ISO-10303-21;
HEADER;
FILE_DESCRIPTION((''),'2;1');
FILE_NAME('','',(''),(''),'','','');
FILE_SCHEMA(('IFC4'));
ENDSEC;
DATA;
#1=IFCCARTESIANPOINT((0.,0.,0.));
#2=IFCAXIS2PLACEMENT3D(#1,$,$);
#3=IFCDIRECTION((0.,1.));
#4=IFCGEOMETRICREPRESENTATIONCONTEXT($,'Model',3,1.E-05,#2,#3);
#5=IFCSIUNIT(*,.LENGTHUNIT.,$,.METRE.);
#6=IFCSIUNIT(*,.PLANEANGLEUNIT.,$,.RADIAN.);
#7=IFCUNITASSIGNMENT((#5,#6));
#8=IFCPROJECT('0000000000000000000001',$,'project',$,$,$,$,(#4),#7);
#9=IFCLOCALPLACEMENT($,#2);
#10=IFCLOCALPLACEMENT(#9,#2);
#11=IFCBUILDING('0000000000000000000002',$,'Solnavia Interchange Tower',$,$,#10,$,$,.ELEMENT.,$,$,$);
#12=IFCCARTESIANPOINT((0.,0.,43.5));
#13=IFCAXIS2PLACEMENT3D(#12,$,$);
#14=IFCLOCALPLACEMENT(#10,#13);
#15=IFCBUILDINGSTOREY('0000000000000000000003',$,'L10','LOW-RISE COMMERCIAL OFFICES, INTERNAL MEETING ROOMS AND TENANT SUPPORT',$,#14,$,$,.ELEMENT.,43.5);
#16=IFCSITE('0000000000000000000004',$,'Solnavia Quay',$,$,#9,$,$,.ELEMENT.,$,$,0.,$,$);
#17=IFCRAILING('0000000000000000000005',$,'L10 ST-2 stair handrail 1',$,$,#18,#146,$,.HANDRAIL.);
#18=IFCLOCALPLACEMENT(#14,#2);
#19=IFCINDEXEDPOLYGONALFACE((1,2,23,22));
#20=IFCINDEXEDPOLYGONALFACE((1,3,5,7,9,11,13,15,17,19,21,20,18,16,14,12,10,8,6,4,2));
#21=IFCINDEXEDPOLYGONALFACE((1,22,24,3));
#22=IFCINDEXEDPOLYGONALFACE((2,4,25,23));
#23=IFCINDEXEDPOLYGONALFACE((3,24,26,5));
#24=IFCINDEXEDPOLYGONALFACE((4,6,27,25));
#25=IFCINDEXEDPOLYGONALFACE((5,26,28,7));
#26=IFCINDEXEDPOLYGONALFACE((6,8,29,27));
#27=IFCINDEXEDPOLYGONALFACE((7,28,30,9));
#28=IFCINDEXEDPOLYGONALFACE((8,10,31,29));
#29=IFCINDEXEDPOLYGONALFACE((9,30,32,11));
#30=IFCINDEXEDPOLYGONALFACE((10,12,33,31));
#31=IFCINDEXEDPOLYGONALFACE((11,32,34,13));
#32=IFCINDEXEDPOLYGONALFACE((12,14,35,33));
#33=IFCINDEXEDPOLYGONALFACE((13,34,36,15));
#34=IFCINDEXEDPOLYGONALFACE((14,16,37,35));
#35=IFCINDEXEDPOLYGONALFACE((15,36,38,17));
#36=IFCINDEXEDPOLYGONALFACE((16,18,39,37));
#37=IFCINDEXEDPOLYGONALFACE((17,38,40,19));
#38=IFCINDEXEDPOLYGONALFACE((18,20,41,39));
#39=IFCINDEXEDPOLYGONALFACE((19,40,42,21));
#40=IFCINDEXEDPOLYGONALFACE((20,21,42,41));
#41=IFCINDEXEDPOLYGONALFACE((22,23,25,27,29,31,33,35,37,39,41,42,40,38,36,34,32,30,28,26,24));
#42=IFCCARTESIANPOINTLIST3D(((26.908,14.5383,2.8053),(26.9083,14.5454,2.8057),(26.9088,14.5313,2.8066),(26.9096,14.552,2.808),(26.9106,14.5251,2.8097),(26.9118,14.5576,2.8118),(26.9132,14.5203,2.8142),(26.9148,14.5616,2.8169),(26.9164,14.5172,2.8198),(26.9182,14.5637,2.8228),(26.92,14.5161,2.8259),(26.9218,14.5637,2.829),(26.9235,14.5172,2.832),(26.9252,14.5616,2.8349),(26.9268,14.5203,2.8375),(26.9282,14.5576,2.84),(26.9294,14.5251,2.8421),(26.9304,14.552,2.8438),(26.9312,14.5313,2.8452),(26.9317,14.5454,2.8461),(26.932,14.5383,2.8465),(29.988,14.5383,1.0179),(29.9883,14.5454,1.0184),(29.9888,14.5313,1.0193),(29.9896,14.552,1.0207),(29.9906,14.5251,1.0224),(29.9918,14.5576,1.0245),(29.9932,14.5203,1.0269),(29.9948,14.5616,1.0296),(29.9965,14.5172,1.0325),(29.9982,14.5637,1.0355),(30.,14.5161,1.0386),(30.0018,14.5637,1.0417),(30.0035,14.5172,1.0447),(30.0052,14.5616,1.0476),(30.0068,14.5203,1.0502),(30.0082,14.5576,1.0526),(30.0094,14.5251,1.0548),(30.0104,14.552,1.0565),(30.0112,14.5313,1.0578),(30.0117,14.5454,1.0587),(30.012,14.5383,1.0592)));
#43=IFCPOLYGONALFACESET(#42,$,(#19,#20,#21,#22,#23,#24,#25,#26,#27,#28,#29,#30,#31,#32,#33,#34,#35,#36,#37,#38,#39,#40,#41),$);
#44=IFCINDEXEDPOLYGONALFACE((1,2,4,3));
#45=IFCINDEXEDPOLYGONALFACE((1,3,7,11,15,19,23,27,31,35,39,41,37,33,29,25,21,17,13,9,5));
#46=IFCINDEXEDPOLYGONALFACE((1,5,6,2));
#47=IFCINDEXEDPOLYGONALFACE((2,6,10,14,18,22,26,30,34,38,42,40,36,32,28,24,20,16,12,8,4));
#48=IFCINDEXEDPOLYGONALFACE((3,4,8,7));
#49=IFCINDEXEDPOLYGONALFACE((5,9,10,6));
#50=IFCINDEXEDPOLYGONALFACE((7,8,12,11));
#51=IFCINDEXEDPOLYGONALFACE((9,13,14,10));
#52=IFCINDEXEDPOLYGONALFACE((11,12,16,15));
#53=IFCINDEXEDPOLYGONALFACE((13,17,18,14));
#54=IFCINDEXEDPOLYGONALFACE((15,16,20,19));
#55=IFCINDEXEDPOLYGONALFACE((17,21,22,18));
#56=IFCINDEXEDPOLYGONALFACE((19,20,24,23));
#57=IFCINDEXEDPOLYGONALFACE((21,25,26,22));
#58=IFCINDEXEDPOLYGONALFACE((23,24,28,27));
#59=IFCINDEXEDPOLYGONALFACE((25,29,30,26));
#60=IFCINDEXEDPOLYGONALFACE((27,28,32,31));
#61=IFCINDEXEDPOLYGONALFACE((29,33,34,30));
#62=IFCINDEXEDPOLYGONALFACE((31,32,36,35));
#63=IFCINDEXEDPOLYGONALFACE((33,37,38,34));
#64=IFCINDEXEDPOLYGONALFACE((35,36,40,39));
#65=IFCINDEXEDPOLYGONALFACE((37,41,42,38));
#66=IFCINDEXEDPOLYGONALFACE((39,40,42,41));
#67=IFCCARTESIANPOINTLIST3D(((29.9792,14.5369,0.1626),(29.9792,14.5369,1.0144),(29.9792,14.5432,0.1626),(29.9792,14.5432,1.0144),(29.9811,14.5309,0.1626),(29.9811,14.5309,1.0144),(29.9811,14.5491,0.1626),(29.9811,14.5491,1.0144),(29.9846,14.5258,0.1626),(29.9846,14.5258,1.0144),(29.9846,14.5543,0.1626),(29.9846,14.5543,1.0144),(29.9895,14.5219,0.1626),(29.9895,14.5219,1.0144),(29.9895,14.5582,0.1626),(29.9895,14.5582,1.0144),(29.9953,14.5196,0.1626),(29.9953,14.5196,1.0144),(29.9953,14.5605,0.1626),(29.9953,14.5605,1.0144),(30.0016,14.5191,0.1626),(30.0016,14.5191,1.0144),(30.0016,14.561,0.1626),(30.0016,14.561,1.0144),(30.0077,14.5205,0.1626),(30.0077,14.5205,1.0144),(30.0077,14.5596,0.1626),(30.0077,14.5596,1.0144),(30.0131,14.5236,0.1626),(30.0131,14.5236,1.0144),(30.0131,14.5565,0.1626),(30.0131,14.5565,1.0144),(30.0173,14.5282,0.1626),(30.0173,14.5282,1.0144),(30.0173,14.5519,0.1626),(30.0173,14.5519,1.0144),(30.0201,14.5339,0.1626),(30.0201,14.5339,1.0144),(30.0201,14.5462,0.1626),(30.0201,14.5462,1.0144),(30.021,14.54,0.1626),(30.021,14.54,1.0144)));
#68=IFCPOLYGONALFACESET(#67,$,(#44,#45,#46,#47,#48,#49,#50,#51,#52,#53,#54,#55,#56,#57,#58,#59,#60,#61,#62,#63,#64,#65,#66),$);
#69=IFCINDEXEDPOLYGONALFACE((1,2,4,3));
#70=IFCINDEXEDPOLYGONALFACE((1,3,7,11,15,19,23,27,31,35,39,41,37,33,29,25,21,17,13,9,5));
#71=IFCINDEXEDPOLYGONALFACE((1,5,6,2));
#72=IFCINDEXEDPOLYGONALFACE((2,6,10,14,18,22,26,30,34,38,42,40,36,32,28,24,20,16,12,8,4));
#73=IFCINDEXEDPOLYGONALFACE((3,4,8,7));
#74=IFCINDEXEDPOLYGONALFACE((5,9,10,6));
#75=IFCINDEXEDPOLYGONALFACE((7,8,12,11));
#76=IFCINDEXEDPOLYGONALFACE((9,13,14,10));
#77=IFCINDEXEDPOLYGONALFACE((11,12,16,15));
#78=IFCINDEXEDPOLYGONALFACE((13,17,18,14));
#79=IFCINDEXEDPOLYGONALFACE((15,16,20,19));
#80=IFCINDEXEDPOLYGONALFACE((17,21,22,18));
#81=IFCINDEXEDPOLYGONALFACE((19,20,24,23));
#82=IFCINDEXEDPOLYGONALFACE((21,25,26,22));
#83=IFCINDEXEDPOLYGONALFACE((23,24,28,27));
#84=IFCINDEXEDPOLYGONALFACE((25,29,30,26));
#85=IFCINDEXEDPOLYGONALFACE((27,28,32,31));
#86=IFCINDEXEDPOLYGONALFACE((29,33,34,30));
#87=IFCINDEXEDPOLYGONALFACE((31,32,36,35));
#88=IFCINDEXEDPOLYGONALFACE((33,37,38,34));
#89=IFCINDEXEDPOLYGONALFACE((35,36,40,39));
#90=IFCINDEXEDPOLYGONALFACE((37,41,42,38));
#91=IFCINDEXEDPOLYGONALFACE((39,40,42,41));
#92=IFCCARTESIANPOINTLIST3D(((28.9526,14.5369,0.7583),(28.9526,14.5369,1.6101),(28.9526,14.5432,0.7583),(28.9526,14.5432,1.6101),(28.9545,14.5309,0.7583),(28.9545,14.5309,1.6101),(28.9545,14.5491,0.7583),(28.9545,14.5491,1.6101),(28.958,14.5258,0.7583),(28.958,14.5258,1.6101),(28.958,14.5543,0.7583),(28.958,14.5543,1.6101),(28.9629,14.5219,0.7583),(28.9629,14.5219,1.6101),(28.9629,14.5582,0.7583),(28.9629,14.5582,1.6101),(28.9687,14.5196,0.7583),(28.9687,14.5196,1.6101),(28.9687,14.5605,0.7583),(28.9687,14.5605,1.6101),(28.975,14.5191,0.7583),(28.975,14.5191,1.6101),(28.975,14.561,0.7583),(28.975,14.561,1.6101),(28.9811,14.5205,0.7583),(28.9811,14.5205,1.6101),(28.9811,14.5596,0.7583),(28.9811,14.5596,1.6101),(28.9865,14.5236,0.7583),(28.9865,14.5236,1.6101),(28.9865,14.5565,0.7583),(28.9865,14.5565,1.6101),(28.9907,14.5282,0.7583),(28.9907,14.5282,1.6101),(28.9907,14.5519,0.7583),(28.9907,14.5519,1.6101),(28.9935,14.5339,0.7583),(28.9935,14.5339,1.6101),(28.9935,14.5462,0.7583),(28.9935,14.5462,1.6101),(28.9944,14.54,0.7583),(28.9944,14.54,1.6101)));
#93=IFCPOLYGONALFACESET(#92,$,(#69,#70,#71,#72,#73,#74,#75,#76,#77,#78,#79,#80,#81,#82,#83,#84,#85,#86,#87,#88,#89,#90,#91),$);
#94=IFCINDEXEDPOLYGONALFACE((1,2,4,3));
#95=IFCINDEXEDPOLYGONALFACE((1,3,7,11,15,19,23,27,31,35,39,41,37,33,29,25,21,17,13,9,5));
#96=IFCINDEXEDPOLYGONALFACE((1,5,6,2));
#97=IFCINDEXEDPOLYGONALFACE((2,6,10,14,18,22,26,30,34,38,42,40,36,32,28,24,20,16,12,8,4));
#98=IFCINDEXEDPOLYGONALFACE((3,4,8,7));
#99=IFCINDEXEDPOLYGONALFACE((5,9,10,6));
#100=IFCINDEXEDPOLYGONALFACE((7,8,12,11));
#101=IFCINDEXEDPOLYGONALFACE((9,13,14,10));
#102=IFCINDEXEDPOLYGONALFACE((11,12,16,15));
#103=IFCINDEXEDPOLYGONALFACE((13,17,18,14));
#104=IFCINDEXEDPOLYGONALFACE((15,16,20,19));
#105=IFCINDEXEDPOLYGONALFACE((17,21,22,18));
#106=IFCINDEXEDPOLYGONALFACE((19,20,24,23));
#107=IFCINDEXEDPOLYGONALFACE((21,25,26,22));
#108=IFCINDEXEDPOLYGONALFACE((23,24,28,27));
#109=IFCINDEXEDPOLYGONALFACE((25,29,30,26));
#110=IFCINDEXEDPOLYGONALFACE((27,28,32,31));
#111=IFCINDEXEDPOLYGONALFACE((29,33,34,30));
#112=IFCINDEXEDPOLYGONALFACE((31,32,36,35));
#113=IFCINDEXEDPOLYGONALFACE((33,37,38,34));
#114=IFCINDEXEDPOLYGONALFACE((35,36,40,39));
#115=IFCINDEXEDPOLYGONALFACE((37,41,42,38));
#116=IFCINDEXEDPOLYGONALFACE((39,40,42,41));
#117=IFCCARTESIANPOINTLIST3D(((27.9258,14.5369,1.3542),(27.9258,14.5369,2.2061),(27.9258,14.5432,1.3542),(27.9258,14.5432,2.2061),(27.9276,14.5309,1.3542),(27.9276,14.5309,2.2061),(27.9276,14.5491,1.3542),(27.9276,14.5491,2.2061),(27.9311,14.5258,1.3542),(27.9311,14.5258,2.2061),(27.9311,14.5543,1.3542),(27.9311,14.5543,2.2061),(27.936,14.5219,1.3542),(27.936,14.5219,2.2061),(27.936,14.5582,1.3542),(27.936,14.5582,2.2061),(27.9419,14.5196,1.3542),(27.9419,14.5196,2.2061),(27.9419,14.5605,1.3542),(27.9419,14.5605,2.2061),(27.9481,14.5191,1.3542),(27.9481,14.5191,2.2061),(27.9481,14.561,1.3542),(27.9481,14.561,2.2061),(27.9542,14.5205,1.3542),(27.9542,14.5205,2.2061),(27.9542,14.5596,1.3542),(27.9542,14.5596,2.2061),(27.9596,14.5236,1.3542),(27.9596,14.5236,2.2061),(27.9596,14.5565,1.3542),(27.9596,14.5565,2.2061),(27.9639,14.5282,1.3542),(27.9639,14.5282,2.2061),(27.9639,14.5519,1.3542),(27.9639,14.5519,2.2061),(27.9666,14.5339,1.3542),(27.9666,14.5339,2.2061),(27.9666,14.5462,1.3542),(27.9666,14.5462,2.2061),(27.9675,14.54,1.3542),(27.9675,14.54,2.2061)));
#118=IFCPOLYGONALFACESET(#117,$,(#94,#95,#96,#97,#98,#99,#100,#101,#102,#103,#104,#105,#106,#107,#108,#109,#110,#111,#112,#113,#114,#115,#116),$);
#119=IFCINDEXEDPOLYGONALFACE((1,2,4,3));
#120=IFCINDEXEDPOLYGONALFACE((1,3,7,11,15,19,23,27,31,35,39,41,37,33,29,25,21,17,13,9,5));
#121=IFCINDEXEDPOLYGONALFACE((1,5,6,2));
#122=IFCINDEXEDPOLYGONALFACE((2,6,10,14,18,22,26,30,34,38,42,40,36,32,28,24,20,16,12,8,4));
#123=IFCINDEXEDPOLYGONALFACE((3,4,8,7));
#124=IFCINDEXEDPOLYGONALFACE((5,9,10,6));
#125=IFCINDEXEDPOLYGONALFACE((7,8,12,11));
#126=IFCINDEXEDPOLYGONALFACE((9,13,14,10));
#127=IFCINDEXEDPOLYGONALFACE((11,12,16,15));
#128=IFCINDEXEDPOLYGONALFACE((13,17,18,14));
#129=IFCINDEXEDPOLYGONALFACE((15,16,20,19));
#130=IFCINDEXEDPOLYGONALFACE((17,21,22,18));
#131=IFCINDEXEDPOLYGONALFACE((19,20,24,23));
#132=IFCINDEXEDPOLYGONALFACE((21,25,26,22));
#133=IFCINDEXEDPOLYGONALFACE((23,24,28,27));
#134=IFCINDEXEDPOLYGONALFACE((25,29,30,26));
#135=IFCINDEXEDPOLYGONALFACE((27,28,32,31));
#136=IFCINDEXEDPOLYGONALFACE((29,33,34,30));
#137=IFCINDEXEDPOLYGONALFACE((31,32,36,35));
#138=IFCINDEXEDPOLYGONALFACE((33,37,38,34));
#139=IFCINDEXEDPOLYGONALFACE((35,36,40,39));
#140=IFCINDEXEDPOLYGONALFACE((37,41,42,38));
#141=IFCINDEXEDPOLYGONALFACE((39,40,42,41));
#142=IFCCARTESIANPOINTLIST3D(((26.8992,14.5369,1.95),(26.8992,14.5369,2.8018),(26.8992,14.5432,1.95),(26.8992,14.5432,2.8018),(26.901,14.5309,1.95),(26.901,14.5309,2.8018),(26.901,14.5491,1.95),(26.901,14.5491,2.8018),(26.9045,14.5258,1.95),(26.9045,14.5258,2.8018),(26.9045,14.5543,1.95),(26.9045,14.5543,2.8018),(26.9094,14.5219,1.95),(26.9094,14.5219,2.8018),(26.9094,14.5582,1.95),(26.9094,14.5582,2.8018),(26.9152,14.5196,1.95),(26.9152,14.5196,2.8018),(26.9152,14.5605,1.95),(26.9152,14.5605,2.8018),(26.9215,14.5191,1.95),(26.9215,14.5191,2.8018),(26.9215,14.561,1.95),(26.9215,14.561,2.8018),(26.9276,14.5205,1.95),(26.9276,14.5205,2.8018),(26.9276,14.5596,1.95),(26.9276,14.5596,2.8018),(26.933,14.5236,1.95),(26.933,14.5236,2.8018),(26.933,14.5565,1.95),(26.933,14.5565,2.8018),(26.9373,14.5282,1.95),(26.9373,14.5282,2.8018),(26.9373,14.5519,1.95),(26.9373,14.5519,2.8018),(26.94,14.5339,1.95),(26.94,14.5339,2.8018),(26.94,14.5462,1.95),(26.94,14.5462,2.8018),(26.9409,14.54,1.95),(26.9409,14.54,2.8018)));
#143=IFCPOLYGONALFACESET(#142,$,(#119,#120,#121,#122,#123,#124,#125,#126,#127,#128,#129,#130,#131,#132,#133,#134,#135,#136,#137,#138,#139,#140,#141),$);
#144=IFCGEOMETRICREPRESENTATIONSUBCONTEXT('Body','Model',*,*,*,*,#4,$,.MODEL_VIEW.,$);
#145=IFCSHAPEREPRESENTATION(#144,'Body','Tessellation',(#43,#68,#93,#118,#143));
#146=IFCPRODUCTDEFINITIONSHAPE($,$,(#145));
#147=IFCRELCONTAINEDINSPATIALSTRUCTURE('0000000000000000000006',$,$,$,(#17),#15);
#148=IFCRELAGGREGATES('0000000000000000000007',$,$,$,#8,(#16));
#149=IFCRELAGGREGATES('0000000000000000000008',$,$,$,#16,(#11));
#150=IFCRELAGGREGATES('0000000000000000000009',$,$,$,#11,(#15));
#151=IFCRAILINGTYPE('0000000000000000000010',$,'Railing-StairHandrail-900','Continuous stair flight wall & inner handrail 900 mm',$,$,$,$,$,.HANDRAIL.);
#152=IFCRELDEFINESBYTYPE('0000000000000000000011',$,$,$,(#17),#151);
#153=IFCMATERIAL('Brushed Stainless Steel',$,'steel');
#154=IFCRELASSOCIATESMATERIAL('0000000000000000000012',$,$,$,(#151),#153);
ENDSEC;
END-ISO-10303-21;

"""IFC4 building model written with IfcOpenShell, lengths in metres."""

from ifc_helpers import new_model, si_unit, direction, frame, origin, origin_2d, place, context, subcontext, project, spatial, circle, extrude, material, type_object, element, save


model = new_model("IFC4")

# Units and contexts
model_context = context("Model", 3, precision=1e-05, world=origin(), true_north=direction((0.0, 1.0)))
body_context = subcontext(model_context, "Body", "Model", "MODEL_VIEW")
ifc_project = project(units=[si_unit("LENGTHUNIT", "METRE"), si_unit("PLANEANGLEUNIT", "RADIAN")], contexts=[model_context])

# Site, building, storey
site_placement = place(None, origin())
site = spatial("IfcSite", under=ifc_project, at=site_placement, Name="Solnavia Quay", CompositionType="ELEMENT", RefElevation=0.0)
building_placement = place(site_placement, origin())
building = spatial("IfcBuilding", under=site, at=building_placement, Name="Solnavia Interchange Tower", CompositionType="ELEMENT")
storey_placement = place(building_placement, frame((0.0, 0.0, 43.5)))
storey = spatial("IfcBuildingStorey", under=building, at=storey_placement, Name="L10", Description="LOW-RISE COMMERCIAL OFFICES, INTERNAL MEETING ROOMS AND TENANT SUPPORT", CompositionType="ELEMENT", Elevation=43.5)

# Railing
ifc_material_1 = material(Name="Brushed Stainless Steel", Category="steel")
railing_type_1 = type_object("IfcRailingType", Name="Railing-StairHandrail-900", Description="Continuous stair flight wall & inner handrail 900 mm", PredefinedType="HANDRAIL", material=ifc_material_1)
railing_1_placement = place(storey_placement, frame((30.0, 14.54, 0.1626)))
element("IfcRailing", 1, at=railing_1_placement, inside=storey, type_object=railing_type_1, Name="L10 ST-2 stair handrail 1", PredefinedType="HANDRAIL", context=body_context, shape_type="SweptSolid", body=[
    extrude(circle(Radius=0.0239, at=origin_2d()), frame((0.0, 0.0, 0.876), z_axis=(-0.86492, 0.0, 0.501909), x_axis=(0.0, -1.0, 0.0)), (0.0, 0.0, 1.0), 3.561),
    extrude(circle(Radius=0.021, at=origin_2d()), origin(), (0.0, 0.0, 1.0), 0.8518),
    extrude(circle(Radius=0.021, at=origin_2d()), frame((-1.0266, 0.0, 0.5957)), (0.0, 0.0, 1.0), 0.8518),
    extrude(circle(Radius=0.021, at=origin_2d()), frame((-2.0535, 0.0, 1.1917)), (0.0, 0.0, 1.0), 0.8518),
    extrude(circle(Radius=0.021, at=origin_2d()), frame((-3.0801, 0.0, 1.7874)), (0.0, 0.0, 1.0), 0.8518),
])

save(model, "model.ifc")
